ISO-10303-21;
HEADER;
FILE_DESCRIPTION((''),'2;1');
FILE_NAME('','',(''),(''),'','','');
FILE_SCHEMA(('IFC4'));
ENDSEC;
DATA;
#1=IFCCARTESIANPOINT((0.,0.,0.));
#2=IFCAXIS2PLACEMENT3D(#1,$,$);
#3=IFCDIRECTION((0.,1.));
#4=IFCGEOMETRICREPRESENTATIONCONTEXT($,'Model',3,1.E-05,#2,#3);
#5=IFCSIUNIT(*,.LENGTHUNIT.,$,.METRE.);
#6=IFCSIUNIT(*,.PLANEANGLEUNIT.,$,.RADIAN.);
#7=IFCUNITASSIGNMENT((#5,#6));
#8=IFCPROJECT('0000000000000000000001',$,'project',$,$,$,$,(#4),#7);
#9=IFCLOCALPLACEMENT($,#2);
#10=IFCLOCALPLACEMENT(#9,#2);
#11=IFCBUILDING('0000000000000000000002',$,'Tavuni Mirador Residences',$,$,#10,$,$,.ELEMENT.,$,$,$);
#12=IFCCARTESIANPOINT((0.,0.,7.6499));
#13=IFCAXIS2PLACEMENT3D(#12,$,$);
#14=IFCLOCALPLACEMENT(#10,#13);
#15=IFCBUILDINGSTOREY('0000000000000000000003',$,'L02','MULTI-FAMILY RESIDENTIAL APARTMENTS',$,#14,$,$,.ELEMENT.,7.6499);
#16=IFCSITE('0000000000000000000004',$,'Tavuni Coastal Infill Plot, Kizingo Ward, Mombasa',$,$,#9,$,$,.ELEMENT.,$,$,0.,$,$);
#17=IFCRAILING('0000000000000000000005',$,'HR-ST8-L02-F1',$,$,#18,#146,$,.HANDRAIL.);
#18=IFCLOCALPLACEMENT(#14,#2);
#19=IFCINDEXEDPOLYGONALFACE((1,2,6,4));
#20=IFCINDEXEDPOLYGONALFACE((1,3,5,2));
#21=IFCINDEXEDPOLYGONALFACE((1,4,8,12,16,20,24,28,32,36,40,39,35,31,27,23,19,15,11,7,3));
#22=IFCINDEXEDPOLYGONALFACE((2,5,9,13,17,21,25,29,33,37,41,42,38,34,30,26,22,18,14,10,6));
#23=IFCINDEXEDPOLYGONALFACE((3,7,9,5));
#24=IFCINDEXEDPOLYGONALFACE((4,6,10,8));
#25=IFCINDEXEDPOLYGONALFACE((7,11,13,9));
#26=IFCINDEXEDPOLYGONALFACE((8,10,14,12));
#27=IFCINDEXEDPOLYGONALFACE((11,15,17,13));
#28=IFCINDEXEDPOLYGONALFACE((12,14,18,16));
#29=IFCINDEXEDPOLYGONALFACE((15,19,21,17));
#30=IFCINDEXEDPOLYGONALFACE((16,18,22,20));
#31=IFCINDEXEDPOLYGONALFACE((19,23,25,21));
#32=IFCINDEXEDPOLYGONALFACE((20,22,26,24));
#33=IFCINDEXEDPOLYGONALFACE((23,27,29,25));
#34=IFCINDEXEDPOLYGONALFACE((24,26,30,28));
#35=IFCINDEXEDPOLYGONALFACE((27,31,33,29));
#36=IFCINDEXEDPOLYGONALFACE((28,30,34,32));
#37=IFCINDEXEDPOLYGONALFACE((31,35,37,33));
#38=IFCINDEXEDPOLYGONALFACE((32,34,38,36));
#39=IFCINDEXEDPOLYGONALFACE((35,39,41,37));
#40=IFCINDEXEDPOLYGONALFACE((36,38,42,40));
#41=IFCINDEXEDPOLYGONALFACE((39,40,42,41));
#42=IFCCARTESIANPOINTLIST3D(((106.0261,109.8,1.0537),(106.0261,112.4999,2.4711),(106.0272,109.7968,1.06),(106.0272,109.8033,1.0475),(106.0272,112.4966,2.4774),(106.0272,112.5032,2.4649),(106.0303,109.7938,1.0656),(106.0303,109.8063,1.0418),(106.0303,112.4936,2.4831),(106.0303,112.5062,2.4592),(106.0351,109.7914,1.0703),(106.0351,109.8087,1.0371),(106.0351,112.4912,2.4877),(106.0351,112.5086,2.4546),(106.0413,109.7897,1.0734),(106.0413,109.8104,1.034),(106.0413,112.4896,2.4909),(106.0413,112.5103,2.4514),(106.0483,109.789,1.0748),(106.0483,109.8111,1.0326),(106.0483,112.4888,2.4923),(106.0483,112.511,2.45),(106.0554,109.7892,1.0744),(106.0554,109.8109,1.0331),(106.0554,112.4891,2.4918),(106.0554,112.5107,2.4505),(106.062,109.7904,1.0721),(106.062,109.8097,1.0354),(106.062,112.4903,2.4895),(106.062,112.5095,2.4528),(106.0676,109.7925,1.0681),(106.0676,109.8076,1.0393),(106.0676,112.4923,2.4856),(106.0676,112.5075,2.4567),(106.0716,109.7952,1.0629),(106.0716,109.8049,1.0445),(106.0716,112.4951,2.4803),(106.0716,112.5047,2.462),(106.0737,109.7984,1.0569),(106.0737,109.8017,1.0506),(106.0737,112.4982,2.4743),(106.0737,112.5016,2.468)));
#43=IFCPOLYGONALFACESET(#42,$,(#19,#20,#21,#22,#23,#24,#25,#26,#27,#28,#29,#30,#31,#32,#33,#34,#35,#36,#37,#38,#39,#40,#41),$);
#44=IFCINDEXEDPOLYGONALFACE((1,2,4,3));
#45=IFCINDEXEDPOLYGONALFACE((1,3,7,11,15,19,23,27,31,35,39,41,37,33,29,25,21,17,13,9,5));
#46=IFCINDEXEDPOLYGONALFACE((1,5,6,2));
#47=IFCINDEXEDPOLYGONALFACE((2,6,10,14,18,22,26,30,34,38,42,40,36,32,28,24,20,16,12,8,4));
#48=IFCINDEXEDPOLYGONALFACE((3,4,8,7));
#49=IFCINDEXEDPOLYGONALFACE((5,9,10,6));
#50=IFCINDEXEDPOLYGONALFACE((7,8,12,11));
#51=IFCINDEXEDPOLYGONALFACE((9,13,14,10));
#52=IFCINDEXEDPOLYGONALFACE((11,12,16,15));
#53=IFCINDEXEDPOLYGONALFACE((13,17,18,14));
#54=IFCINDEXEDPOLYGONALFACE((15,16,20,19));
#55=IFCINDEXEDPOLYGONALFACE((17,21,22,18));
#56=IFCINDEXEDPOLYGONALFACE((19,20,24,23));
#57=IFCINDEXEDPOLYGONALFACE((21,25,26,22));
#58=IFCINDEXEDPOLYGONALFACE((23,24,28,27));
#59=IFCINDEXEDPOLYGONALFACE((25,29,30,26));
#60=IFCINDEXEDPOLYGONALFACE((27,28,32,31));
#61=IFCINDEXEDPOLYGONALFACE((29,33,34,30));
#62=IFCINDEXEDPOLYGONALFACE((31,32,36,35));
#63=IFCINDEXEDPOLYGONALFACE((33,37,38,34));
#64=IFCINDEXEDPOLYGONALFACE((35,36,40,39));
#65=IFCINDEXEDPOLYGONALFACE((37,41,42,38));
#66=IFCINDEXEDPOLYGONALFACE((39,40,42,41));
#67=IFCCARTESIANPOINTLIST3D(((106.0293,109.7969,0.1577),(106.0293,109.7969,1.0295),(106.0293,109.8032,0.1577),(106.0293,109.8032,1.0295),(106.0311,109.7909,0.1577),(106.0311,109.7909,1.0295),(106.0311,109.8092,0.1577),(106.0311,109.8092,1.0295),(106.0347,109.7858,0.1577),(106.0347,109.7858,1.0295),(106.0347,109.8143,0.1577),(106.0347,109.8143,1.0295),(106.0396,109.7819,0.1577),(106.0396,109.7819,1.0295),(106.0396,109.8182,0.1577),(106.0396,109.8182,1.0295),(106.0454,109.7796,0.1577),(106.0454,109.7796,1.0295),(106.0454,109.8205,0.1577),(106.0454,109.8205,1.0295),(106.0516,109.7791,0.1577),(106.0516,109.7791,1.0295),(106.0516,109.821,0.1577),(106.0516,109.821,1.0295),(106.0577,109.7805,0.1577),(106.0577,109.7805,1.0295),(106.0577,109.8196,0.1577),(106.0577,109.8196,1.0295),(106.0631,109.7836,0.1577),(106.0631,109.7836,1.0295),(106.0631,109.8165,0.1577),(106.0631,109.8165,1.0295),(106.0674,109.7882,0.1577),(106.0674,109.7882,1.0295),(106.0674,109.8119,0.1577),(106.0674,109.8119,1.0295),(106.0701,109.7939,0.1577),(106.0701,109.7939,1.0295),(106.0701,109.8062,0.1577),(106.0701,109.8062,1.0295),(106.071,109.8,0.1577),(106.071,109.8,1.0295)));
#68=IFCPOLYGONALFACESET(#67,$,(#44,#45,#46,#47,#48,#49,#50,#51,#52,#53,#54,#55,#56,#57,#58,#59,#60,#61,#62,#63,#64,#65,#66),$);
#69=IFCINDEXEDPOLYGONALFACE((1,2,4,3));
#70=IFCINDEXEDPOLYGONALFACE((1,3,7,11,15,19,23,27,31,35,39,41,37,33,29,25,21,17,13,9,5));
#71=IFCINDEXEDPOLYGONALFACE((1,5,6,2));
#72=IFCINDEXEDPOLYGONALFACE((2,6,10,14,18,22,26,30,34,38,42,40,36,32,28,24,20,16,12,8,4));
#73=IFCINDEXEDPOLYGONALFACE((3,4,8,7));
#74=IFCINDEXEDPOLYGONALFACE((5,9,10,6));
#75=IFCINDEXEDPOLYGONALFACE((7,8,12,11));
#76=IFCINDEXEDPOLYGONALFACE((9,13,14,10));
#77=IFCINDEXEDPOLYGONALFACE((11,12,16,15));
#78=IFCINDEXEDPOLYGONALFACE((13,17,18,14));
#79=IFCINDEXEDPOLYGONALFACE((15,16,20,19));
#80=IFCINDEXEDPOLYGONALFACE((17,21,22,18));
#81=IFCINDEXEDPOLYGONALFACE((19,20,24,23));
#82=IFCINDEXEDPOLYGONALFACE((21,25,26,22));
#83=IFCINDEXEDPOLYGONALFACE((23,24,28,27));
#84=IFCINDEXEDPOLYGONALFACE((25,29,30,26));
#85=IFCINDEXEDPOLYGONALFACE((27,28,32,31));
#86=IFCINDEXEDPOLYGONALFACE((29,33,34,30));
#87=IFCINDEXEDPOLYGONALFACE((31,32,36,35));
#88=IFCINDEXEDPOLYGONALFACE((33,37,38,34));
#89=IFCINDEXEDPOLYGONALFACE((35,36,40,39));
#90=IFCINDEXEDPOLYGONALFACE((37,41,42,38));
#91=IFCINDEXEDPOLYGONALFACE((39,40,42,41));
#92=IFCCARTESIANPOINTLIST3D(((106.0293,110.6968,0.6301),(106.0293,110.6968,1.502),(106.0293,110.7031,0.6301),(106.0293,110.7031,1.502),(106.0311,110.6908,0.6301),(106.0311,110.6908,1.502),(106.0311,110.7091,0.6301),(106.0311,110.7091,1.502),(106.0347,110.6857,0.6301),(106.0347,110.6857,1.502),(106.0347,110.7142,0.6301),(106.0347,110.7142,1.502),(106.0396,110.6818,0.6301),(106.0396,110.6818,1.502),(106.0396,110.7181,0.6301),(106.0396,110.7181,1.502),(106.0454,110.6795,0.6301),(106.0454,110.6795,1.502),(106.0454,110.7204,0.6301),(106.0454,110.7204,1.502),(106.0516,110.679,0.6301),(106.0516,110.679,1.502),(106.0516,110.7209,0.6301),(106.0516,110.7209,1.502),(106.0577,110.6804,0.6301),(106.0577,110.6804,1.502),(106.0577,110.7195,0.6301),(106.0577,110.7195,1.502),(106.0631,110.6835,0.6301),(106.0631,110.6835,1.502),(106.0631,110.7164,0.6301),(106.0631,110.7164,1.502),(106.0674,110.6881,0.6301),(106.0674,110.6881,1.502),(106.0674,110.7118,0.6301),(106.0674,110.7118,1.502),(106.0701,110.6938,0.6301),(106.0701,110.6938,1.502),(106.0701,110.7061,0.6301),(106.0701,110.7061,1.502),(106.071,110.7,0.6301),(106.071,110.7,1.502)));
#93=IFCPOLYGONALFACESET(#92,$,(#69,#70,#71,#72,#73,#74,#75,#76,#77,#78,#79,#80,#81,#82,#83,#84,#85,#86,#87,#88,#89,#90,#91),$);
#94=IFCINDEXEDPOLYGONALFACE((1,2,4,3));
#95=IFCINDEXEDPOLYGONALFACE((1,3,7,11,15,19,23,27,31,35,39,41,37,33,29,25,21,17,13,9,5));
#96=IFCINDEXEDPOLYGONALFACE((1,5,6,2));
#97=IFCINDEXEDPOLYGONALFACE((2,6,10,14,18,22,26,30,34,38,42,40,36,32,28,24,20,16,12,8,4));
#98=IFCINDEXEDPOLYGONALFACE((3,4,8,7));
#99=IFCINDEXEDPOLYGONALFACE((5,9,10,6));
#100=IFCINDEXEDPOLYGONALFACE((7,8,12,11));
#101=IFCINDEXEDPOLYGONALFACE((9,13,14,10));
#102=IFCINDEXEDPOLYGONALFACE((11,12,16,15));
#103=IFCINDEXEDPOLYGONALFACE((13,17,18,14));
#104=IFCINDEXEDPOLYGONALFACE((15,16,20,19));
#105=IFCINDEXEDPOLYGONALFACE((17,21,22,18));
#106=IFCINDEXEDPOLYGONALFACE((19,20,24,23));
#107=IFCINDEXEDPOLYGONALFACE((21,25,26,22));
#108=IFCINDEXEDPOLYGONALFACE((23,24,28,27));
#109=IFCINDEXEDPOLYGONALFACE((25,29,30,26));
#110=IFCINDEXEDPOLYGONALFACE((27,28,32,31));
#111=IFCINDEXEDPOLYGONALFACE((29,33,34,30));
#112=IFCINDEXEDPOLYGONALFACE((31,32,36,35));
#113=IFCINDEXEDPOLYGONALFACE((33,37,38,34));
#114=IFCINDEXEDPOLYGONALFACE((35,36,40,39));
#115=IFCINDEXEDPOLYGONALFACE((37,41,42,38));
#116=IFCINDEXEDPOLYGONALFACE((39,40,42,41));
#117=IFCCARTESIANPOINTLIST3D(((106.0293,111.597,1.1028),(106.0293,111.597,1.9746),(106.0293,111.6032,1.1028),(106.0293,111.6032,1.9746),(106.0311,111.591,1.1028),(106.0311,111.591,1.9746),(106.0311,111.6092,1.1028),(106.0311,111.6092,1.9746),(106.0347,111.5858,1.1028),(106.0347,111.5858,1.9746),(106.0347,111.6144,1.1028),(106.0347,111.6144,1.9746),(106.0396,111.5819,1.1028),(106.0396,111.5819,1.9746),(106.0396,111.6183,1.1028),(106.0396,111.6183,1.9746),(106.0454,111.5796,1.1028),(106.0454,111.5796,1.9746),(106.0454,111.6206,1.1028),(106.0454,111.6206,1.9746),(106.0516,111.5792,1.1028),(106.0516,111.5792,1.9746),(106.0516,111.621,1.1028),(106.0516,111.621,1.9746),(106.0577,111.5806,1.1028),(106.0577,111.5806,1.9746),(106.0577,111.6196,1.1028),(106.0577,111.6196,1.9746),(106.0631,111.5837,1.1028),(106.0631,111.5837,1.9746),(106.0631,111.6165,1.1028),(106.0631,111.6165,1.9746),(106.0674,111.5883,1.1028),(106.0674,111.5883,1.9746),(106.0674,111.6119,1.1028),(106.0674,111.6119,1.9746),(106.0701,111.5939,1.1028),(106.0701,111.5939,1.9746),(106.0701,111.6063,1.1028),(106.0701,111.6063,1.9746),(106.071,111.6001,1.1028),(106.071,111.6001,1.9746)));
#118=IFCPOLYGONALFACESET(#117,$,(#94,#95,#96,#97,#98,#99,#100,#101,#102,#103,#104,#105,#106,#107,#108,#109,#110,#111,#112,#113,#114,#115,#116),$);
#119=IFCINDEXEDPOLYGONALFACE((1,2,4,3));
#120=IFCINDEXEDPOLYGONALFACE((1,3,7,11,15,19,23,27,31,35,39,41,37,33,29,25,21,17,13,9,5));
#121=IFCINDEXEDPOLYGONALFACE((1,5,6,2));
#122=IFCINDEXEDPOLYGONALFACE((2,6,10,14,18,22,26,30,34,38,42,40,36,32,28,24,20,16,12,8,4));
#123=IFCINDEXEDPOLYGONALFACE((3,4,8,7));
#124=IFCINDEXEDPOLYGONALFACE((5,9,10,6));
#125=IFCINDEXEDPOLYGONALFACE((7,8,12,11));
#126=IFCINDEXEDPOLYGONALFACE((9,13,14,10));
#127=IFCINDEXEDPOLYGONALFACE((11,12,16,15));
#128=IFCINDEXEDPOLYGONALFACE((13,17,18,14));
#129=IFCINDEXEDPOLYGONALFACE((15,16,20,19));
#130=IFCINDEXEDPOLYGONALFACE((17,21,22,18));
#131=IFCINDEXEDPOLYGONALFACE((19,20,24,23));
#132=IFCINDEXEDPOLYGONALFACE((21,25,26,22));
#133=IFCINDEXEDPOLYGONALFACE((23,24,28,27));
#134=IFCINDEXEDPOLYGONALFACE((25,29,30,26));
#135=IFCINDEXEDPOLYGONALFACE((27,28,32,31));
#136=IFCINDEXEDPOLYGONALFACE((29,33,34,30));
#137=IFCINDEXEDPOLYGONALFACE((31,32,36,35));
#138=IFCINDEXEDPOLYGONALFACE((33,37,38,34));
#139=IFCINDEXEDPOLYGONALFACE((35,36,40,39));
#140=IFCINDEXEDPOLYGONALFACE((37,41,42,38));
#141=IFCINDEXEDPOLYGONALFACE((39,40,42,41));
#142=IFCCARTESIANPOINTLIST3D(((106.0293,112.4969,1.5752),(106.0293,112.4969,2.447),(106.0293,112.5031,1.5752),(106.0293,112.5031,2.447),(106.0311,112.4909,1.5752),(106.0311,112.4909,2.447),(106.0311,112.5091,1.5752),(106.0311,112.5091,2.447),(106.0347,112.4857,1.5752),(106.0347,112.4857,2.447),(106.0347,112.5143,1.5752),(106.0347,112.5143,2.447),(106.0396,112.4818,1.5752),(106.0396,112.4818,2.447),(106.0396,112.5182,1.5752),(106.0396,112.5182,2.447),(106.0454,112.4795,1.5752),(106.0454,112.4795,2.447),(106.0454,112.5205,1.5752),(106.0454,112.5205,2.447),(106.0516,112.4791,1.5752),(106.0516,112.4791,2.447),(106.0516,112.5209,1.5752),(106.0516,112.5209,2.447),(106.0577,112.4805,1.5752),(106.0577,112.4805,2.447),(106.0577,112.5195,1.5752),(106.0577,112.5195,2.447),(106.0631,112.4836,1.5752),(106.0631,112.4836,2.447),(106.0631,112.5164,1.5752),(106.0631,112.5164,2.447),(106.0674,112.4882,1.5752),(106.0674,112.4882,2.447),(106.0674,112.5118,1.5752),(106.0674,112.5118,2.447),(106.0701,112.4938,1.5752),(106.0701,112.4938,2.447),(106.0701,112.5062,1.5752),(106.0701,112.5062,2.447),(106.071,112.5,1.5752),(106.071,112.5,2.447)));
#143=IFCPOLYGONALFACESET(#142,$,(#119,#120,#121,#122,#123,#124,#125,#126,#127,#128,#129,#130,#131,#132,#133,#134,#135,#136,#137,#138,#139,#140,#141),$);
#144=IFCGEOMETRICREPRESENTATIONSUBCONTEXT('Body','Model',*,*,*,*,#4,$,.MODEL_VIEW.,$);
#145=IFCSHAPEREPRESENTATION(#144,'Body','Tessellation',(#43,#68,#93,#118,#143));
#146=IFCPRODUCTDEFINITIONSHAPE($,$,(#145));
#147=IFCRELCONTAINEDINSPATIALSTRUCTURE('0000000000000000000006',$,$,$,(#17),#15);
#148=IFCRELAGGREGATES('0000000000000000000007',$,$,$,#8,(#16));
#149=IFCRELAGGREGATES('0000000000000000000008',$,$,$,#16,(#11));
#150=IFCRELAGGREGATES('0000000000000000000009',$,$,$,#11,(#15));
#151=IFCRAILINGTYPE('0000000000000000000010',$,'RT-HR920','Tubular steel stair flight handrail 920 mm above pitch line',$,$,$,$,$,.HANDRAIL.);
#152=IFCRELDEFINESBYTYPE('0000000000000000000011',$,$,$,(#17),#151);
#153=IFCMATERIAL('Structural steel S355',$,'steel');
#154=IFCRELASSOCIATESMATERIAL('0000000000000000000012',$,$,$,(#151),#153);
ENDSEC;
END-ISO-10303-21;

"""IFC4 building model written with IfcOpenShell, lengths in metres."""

from ifc_helpers import new_model, si_unit, direction, frame, origin, origin_2d, place, context, subcontext, project, spatial, circle, extrude, material, type_object, element, save


model = new_model("IFC4")

# Units and contexts
model_context = context("Model", 3, precision=1e-05, world=origin(), true_north=direction((0.0, 1.0)))
body_context = subcontext(model_context, "Body", "Model", "MODEL_VIEW")
ifc_project = project(units=[si_unit("LENGTHUNIT", "METRE"), si_unit("PLANEANGLEUNIT", "RADIAN")], contexts=[model_context])

# Site, building, storey
site_placement = place(None, origin())
site = spatial("IfcSite", under=ifc_project, at=site_placement, Name="Tavuni Coastal Infill Plot, Kizingo Ward, Mombasa", CompositionType="ELEMENT", RefElevation=0.0)
building_placement = place(site_placement, origin())
building = spatial("IfcBuilding", under=site, at=building_placement, Name="Tavuni Mirador Residences", CompositionType="ELEMENT")
storey_placement = place(building_placement, frame((0.0, 0.0, 7.6499)))
storey = spatial("IfcBuildingStorey", under=building, at=storey_placement, Name="L02", Description="MULTI-FAMILY RESIDENTIAL APARTMENTS", CompositionType="ELEMENT", Elevation=7.6499)

# Shared definitions
ifc_material_1 = material(Name="Structural steel S355", Category="steel")

# Railing
railing_type = type_object("IfcRailingType", Name="RT-HR920", Description="Tubular steel stair flight handrail 920 mm above pitch line", PredefinedType="HANDRAIL", material=ifc_material_1)
railing_placement = place(storey_placement, frame((106.05, 109.8, 0.1577)))
element("IfcRailing", 1, at=railing_placement, inside=storey, type_object=railing_type, Name="HR-ST8-L02-F1", PredefinedType="HANDRAIL", context=body_context, shape_type="SweptSolid", body=[
    extrude(circle(Radius=0.0239, at=origin_2d()), frame((0.0, 0.0, 0.896), z_axis=(0.0, 0.885397, 0.464835), x_axis=(-1.0, 0.0, 0.0)), (0.0, 0.0, 1.0), 3.0493),
    extrude(circle(Radius=0.021, at=origin_2d()), origin(), (0.0, 0.0, 1.0), 0.8718),
    extrude(circle(Radius=0.021, at=origin_2d()), frame((0.0, 0.8999, 0.4724)), (0.0, 0.0, 1.0), 0.8718),
    extrude(circle(Radius=0.021, at=origin_2d()), frame((0.0, 1.8, 0.9451)), (0.0, 0.0, 1.0), 0.8718),
    extrude(circle(Radius=0.021, at=origin_2d()), frame((0.0, 2.7, 1.4175)), (0.0, 0.0, 1.0), 0.8718),
])

save(model, "model.ifc")
